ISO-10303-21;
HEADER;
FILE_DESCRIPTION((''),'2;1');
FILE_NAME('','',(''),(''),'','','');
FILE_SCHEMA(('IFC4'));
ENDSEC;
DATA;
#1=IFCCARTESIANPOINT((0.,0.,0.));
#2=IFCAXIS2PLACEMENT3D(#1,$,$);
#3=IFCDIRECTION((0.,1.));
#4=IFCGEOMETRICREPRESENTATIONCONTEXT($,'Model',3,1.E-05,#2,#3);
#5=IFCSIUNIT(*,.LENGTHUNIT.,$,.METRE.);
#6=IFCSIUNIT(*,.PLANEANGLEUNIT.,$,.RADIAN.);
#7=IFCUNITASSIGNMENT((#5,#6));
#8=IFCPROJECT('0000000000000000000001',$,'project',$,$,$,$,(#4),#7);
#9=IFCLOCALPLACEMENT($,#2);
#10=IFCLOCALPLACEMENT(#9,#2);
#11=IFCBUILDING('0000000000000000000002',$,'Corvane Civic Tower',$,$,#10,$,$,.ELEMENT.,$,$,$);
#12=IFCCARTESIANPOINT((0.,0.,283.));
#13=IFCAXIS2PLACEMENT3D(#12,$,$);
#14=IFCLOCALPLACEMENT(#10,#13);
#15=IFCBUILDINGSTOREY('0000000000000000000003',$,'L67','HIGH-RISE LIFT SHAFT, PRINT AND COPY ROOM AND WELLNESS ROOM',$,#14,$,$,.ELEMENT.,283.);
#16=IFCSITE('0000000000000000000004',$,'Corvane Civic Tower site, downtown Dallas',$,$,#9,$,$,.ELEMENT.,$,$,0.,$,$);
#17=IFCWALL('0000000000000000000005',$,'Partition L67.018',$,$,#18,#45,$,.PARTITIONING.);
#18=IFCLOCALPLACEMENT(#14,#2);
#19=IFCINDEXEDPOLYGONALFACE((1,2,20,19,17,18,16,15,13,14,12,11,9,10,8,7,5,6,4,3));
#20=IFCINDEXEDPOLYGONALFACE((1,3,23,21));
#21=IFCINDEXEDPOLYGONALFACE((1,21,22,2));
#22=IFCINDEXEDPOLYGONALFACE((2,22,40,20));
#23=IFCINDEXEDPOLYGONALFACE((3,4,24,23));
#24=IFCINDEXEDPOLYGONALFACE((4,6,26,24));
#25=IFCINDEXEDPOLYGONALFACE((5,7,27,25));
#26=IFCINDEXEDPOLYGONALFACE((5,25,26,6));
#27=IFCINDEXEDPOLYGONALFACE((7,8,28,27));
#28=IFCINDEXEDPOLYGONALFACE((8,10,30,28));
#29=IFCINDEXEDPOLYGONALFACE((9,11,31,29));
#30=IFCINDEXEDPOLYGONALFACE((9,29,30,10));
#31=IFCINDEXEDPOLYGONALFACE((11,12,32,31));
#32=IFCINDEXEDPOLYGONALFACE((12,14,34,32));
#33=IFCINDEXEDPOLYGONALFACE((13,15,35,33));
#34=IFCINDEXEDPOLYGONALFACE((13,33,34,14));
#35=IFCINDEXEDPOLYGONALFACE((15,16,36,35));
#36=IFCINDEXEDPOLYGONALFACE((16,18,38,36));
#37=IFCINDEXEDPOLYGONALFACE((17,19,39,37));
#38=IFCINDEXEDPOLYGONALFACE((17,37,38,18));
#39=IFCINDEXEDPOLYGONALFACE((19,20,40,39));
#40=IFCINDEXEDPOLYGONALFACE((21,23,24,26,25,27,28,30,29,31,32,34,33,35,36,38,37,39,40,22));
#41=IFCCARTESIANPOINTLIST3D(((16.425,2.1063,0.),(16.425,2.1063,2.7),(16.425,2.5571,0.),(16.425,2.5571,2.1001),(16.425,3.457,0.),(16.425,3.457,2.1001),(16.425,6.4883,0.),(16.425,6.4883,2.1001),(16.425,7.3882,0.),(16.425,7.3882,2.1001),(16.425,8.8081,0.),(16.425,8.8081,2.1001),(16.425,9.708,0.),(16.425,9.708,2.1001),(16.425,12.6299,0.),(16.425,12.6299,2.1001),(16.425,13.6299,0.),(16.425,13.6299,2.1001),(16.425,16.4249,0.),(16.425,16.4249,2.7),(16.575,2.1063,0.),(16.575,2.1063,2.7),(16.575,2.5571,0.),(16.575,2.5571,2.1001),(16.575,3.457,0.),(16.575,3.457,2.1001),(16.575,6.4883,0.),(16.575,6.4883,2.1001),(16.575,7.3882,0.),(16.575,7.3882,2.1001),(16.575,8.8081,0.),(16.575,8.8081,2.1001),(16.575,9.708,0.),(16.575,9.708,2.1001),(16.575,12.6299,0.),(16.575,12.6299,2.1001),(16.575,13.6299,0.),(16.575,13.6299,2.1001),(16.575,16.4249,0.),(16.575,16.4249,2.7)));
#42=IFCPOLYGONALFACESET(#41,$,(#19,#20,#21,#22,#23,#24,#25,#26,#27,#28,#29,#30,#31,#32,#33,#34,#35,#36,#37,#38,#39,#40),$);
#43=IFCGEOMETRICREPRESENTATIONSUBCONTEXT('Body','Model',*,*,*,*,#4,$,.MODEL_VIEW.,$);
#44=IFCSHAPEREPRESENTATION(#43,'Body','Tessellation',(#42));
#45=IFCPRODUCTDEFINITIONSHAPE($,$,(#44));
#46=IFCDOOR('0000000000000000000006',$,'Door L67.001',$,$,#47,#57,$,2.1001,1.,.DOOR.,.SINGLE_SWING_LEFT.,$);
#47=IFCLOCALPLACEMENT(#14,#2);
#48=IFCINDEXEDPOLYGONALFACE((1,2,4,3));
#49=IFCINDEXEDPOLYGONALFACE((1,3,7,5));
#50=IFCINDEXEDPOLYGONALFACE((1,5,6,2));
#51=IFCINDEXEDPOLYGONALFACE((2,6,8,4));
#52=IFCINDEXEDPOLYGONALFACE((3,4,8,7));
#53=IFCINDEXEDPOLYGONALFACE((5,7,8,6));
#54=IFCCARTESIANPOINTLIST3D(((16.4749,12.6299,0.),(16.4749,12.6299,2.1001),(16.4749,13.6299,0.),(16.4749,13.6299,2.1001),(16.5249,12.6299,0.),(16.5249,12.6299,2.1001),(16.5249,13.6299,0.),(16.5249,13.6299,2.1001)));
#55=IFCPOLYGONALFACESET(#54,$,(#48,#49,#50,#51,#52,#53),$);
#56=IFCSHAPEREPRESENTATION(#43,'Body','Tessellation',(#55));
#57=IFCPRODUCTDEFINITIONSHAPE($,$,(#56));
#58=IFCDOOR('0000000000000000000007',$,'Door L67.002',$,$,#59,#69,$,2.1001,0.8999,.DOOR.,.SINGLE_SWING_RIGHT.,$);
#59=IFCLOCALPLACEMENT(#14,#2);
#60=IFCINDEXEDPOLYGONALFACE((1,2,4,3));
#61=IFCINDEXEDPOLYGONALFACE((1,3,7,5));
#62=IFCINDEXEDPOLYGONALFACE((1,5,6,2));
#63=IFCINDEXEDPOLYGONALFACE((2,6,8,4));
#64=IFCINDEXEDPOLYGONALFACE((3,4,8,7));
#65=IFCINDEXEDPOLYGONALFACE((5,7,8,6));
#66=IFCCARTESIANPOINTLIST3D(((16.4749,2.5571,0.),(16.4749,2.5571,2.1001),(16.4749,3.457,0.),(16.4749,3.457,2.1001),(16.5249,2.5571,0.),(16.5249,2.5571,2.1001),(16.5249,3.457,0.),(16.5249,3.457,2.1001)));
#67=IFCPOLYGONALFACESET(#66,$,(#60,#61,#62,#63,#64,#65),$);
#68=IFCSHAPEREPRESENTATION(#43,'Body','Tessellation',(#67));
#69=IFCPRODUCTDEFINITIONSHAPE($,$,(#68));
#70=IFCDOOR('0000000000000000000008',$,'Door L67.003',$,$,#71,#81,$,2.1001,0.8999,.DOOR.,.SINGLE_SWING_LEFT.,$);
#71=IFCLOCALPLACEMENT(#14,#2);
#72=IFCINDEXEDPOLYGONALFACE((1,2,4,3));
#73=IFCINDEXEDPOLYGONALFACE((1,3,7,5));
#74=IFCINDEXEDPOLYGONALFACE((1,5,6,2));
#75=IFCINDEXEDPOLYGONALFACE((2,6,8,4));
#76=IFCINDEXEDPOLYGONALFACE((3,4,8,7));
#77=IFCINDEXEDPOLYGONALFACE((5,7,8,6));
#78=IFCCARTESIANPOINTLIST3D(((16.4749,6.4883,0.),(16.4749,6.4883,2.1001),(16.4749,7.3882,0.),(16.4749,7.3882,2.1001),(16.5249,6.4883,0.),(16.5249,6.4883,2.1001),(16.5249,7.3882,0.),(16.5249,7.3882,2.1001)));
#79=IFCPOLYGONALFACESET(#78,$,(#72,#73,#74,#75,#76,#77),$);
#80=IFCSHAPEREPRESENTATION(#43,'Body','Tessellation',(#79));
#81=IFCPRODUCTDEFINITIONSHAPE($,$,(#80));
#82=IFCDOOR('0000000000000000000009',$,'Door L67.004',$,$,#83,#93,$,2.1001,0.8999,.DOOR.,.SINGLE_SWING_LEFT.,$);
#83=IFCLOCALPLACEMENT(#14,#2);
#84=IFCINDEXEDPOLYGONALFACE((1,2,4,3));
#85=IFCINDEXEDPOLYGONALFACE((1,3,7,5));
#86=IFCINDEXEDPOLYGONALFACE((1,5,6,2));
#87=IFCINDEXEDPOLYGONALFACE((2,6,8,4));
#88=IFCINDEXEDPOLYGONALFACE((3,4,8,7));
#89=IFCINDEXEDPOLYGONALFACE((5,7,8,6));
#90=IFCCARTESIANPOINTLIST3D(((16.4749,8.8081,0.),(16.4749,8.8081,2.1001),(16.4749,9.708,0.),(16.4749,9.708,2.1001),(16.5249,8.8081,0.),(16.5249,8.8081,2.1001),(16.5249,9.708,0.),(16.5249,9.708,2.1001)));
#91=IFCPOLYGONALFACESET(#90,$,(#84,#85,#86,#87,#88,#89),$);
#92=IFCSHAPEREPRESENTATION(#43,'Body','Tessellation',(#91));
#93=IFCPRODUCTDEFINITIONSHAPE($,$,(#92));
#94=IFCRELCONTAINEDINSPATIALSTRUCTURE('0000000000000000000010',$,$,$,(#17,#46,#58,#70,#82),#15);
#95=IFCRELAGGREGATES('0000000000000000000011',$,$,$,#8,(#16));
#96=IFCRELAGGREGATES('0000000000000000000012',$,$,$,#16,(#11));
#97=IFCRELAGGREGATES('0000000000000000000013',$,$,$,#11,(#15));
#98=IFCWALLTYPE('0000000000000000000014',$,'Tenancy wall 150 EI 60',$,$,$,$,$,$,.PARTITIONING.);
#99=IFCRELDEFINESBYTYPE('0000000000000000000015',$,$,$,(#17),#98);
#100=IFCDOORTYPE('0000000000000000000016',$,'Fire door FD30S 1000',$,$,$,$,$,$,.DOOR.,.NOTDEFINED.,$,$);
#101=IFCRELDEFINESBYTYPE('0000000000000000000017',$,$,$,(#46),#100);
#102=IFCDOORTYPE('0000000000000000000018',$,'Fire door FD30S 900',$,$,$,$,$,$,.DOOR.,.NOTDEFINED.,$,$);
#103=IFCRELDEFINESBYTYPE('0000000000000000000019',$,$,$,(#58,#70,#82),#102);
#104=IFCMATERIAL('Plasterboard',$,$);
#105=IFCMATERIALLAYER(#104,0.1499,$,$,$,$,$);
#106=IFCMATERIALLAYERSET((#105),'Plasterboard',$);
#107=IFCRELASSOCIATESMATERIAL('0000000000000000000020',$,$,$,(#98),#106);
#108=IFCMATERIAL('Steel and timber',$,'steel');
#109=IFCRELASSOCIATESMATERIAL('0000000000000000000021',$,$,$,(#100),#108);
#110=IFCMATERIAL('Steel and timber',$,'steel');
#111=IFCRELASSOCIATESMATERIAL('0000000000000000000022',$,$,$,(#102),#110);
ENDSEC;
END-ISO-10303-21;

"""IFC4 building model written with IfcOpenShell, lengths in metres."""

from ifc_helpers import new_model, si_unit, direction, frame, frame_2d, origin, place, context, subcontext, project, spatial, rectangle, extrude, material, layer, layer_set, type_object, element, fill, save


model = new_model("IFC4")

# Units and contexts
model_context = context("Model", 3, precision=1e-05, world=origin(), true_north=direction((0.0, 1.0)))
body_context = subcontext(model_context, "Body", "Model", "MODEL_VIEW")
ifc_project = project(units=[si_unit("LENGTHUNIT", "METRE"), si_unit("PLANEANGLEUNIT", "RADIAN")], contexts=[model_context])

# Site, building, storey
site_placement = place(None, origin())
site = spatial("IfcSite", under=ifc_project, at=site_placement, Name="Corvane Civic Tower site, downtown Dallas", CompositionType="ELEMENT", RefElevation=0.0)
building_placement = place(site_placement, origin())
building = spatial("IfcBuilding", under=site, at=building_placement, Name="Corvane Civic Tower", CompositionType="ELEMENT")
storey_placement = place(building_placement, frame((0.0, 0.0, 283.0)))
storey = spatial("IfcBuildingStorey", under=building, at=storey_placement, Name="L67", Description="HIGH-RISE LIFT SHAFT, PRINT AND COPY ROOM AND WELLNESS ROOM", CompositionType="ELEMENT", Elevation=283.0)

# Wall, openings, doors
ifc_material_1 = material(Name="Plasterboard")
ifc_layer_1 = layer(ifc_material_1, 0.1499)
ifc_layer_set_1 = layer_set([ifc_layer_1], Name="Plasterboard")
wall_type_1 = type_object("IfcWallType", Name="Tenancy wall 150 EI 60", PredefinedType="PARTITIONING", material=ifc_layer_set_1)
wall_1_placement = place(storey_placement, frame((16.5, 2.1064, 0.0), z_axis=(0.0, 0.0, 1.0), x_axis=(0.0, 1.0, 0.0)))
wall_1 = element("IfcWall", 1, at=wall_1_placement, inside=storey, type_object=wall_type_1, Name="Partition L67.018", PredefinedType="PARTITIONING", context=body_context, shape_type="SweptSolid", body=[
    extrude(rectangle(XDim=14.3186, YDim=0.1499, at=frame_2d((7.1592, 0.0))), origin(), (0.0, 0.0, 1.0), 2.7),
])
opening_1_placement = place(wall_1_placement, frame((10.5234, 0.0, 0.0)))
opening_1 = element("IfcOpeningElement", 2, at=opening_1_placement, cuts=wall_1, PredefinedType="OPENING", context=body_context, shape_type="SweptSolid", body=[
    extrude(rectangle(XDim=1.0, YDim=2.1001, at=frame_2d((0.5, 1.05))), frame((0.0, 0.085, 0.0), z_axis=(0.0, -1.0, 0.0), x_axis=(1.0, 0.0, 0.0)), (0.0, 0.0, 1.0), 0.1699),
])
opening_2_placement = place(wall_1_placement, frame((0.4507, 0.0, 0.0)))
opening_2 = element("IfcOpeningElement", 3, at=opening_2_placement, cuts=wall_1, PredefinedType="OPENING", context=body_context, shape_type="SweptSolid", body=[
    extrude(rectangle(XDim=0.8999, YDim=2.1001, at=frame_2d((0.45, 1.05))), frame((0.0, 0.085, 0.0), z_axis=(0.0, -1.0, 0.0), x_axis=(1.0, 0.0, 0.0)), (0.0, 0.0, 1.0), 0.1699),
])
opening_3_placement = place(wall_1_placement, frame((4.3818, 0.0, 0.0)))
opening_3 = element("IfcOpeningElement", 4, at=opening_3_placement, cuts=wall_1, PredefinedType="OPENING", context=body_context, shape_type="SweptSolid", body=[
    extrude(rectangle(XDim=0.8999, YDim=2.1001, at=frame_2d((0.45, 1.05))), frame((0.0, 0.085, 0.0), z_axis=(0.0, -1.0, 0.0), x_axis=(1.0, 0.0, 0.0)), (0.0, 0.0, 1.0), 0.1699),
])
opening_4_placement = place(wall_1_placement, frame((6.7017, 0.0, 0.0)))
opening_4 = element("IfcOpeningElement", 5, at=opening_4_placement, cuts=wall_1, PredefinedType="OPENING", context=body_context, shape_type="SweptSolid", body=[
    extrude(rectangle(XDim=0.8999, YDim=2.1001, at=frame_2d((0.45, 1.05))), frame((0.0, 0.085, 0.0), z_axis=(0.0, -1.0, 0.0), x_axis=(1.0, 0.0, 0.0)), (0.0, 0.0, 1.0), 0.1699),
])
ifc_material_2 = material(Name="Steel and timber", Category="steel")
door_type_1 = type_object("IfcDoorType", Name="Fire door FD30S 1000", OperationType="NOTDEFINED", PredefinedType="DOOR", material=ifc_material_2)
door_1_placement = place(opening_1_placement, frame((1.0, 0.0, 0.0), z_axis=(0.0, 0.0, 1.0), x_axis=(-1.0, 0.0, 0.0)))
door_1 = element("IfcDoor", 6, at=door_1_placement, inside=storey, type_object=door_type_1, Name="Door L67.001", OperationType="SINGLE_SWING_LEFT", OverallHeight=2.1001, OverallWidth=1.0, PredefinedType="DOOR", context=body_context, shape_type="SweptSolid", body=[
    extrude(rectangle(XDim=1.0, YDim=2.1001, at=frame_2d((0.5, 1.05))), frame((0.0, 0.0249, 0.0), z_axis=(0.0, -1.0, 0.0), x_axis=(1.0, 0.0, 0.0)), (0.0, 0.0, 1.0), 0.05),
])
fill(opening_1, door_1)
ifc_material_3 = material(Name="Steel and timber", Category="steel")
door_type_2 = type_object("IfcDoorType", Name="Fire door FD30S 900", OperationType="NOTDEFINED", PredefinedType="DOOR", material=ifc_material_3)
door_2_placement = place(opening_2_placement, frame((0.8999, 0.0, 0.0), z_axis=(0.0, 0.0, 1.0), x_axis=(-1.0, 0.0, 0.0)))
door_2 = element("IfcDoor", 7, at=door_2_placement, inside=storey, type_object=door_type_2, Name="Door L67.002", OperationType="SINGLE_SWING_RIGHT", OverallHeight=2.1001, OverallWidth=0.8999, PredefinedType="DOOR", context=body_context, shape_type="SweptSolid", body=[
    extrude(rectangle(XDim=0.8999, YDim=2.1001, at=frame_2d((0.45, 1.05))), frame((0.0, 0.0249, 0.0), z_axis=(0.0, -1.0, 0.0), x_axis=(1.0, 0.0, 0.0)), (0.0, 0.0, 1.0), 0.05),
])
fill(opening_2, door_2)
door_3_placement = place(opening_3_placement, frame((0.8999, 0.0, 0.0), z_axis=(0.0, 0.0, 1.0), x_axis=(-1.0, 0.0, 0.0)))
door_3 = element("IfcDoor", 8, at=door_3_placement, inside=storey, type_object=door_type_2, Name="Door L67.003", OperationType="SINGLE_SWING_LEFT", OverallHeight=2.1001, OverallWidth=0.8999, PredefinedType="DOOR", context=body_context, shape_type="SweptSolid", body=[
    extrude(rectangle(XDim=0.8999, YDim=2.1001, at=frame_2d((0.45, 1.05))), frame((0.0, 0.0249, 0.0), z_axis=(0.0, -1.0, 0.0), x_axis=(1.0, 0.0, 0.0)), (0.0, 0.0, 1.0), 0.05),
])
fill(opening_3, door_3)
door_4_placement = place(opening_4_placement, frame((0.8999, 0.0, 0.0), z_axis=(0.0, 0.0, 1.0), x_axis=(-1.0, 0.0, 0.0)))
door_4 = element("IfcDoor", 9, at=door_4_placement, inside=storey, type_object=door_type_2, Name="Door L67.004", OperationType="SINGLE_SWING_LEFT", OverallHeight=2.1001, OverallWidth=0.8999, PredefinedType="DOOR", context=body_context, shape_type="SweptSolid", body=[
    extrude(rectangle(XDim=0.8999, YDim=2.1001, at=frame_2d((0.45, 1.05))), frame((0.0, 0.0249, 0.0), z_axis=(0.0, -1.0, 0.0), x_axis=(1.0, 0.0, 0.0)), (0.0, 0.0, 1.0), 0.05),
])
fill(opening_4, door_4)

save(model, "model.ifc")
